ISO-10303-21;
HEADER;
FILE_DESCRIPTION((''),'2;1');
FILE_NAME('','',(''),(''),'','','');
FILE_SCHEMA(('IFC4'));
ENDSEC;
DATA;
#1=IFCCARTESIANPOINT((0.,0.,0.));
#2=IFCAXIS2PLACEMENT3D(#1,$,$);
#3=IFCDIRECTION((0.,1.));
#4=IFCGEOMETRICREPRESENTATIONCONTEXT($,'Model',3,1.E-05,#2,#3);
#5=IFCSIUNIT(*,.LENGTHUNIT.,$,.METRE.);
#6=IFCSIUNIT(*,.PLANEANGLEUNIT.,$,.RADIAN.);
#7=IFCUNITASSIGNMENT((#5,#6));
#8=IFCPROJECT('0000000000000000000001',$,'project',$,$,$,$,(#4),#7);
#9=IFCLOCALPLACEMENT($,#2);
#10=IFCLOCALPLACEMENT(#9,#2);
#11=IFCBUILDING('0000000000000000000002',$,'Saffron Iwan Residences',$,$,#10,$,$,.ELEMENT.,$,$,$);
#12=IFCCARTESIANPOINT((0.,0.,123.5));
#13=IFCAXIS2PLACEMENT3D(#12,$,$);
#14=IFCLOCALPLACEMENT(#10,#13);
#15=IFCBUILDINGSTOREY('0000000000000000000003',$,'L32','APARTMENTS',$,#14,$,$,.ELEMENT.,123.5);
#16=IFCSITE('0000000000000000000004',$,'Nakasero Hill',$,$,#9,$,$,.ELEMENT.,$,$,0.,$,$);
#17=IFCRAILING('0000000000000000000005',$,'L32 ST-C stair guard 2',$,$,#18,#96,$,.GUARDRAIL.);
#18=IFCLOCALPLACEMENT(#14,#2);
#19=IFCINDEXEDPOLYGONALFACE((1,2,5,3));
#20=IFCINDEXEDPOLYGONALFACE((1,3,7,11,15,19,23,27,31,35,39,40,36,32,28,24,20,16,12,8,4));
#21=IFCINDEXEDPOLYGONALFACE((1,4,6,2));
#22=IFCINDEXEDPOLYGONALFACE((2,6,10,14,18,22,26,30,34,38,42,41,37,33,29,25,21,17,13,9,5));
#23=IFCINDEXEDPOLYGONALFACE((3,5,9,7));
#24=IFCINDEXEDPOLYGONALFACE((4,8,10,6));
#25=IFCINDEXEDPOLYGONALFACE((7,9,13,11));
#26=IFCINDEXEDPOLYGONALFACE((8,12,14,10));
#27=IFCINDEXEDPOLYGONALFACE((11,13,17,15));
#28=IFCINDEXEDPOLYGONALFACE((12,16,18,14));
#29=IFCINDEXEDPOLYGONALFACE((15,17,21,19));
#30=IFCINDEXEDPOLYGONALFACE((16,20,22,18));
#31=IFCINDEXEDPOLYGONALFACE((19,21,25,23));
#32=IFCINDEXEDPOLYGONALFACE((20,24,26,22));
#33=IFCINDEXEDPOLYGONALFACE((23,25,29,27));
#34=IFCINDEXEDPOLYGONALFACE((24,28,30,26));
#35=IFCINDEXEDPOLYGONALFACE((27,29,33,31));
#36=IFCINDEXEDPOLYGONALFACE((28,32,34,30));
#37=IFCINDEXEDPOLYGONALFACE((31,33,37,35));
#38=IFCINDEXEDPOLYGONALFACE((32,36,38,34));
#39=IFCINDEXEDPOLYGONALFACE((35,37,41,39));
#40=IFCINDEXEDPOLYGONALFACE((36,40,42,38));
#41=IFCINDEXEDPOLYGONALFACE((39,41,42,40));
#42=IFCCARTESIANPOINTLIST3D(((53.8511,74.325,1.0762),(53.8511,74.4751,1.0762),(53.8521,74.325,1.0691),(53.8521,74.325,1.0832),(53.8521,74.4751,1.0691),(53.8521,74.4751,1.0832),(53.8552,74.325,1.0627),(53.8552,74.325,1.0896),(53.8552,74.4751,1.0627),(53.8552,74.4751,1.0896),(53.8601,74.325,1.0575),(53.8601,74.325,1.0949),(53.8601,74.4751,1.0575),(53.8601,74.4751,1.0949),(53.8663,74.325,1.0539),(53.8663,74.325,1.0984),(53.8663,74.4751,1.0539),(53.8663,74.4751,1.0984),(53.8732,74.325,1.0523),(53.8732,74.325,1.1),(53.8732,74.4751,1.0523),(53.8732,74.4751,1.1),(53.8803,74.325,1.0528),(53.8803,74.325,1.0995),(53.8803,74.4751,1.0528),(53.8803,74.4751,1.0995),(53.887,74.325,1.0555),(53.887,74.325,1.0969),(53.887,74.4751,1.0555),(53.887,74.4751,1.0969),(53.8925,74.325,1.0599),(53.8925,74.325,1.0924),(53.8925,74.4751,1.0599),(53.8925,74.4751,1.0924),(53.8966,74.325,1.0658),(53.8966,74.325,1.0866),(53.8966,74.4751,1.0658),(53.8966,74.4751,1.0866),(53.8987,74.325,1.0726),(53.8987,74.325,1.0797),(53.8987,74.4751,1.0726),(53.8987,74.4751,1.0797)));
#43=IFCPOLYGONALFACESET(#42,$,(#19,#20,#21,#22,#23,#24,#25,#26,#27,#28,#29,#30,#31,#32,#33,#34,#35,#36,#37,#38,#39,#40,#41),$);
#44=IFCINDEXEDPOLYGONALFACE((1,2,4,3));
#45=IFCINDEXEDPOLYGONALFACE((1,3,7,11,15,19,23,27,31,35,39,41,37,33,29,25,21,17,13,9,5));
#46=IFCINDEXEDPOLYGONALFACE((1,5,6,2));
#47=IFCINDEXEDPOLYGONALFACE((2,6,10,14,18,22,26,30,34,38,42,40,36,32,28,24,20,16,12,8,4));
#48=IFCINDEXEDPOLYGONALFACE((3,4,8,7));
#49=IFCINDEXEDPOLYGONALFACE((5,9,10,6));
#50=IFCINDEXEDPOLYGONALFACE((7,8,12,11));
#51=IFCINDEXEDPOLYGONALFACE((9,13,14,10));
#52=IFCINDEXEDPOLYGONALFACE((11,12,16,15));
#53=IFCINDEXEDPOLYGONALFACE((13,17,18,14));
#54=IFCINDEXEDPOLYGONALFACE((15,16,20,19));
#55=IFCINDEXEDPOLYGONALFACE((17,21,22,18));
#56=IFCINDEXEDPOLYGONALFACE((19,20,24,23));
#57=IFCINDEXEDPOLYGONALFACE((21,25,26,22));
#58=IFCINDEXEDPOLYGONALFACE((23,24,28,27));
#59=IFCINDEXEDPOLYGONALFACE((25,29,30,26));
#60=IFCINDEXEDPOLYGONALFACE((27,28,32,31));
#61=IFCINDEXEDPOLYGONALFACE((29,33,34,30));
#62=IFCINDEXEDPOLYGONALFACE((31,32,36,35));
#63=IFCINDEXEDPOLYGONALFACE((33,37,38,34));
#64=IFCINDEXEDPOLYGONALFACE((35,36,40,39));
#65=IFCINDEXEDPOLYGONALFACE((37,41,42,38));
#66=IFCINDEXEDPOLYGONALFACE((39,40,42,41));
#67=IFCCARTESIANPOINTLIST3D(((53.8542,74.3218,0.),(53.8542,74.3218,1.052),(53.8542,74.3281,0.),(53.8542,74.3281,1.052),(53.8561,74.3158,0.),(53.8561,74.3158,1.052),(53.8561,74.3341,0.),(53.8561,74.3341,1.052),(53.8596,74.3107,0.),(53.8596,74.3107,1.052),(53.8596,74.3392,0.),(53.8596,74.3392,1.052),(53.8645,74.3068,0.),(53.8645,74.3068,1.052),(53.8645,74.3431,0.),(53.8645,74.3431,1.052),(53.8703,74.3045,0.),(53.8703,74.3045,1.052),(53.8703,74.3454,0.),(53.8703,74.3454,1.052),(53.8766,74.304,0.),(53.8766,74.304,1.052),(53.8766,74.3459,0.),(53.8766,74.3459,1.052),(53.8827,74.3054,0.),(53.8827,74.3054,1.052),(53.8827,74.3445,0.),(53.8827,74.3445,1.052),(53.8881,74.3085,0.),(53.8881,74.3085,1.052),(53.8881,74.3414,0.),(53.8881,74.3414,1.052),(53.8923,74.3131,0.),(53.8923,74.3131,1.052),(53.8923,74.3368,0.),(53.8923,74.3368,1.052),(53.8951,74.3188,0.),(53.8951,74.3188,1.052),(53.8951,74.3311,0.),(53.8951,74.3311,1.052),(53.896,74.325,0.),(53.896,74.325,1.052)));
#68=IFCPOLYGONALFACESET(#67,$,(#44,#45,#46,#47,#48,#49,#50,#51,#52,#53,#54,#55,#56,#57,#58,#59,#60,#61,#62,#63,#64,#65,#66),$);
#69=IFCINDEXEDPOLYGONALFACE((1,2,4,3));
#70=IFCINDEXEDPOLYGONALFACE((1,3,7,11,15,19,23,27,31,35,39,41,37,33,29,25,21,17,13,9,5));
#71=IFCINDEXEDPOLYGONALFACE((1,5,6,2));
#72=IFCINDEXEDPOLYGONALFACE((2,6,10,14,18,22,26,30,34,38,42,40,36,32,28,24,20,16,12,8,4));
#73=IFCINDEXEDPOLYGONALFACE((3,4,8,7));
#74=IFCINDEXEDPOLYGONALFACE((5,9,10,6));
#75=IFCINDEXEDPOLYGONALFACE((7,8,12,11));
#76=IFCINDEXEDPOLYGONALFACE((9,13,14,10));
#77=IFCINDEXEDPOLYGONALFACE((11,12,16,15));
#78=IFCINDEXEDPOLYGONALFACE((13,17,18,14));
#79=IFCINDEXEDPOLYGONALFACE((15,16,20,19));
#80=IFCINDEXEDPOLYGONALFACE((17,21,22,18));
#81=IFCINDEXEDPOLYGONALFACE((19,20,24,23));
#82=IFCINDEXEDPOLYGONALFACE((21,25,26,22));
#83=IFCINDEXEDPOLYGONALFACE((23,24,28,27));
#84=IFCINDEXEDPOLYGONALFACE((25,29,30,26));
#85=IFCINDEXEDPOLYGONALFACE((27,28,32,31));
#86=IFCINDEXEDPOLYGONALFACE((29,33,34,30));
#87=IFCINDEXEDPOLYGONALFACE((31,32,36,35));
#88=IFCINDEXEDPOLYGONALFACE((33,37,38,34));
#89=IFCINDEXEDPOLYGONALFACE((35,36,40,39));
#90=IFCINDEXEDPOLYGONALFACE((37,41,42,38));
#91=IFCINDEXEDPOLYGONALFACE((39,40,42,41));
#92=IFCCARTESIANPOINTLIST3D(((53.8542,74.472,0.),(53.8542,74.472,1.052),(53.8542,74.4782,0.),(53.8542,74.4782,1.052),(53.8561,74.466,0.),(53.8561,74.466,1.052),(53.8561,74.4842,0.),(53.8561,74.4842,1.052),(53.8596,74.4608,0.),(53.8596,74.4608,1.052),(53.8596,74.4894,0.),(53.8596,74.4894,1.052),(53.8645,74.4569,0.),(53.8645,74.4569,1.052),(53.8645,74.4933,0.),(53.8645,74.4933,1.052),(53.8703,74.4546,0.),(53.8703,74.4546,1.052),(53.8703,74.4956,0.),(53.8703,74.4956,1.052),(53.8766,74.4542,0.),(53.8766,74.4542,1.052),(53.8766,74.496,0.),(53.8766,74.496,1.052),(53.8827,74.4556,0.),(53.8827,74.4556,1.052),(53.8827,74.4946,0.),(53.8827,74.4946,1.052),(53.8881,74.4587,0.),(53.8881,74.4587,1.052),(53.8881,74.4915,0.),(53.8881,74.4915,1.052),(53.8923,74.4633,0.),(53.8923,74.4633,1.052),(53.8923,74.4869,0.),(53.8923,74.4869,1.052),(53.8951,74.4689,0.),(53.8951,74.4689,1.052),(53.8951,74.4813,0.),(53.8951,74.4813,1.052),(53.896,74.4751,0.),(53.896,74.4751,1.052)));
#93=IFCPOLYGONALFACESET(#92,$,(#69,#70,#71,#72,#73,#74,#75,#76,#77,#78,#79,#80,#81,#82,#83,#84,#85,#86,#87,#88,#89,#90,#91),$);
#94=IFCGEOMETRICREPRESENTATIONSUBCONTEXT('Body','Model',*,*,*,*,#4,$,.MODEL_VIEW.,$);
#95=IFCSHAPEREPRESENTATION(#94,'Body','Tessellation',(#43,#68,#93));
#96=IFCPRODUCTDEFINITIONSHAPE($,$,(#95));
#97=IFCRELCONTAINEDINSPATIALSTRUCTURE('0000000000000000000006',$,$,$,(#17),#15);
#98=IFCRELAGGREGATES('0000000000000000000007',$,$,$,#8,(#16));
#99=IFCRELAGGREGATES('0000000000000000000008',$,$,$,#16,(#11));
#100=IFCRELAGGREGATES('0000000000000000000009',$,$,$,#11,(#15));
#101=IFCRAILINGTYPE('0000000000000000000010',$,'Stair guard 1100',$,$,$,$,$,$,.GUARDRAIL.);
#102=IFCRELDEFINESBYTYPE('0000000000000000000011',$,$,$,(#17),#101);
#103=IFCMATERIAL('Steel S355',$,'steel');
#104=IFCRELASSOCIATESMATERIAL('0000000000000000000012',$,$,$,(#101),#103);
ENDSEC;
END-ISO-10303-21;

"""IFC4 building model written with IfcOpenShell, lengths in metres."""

from ifc_helpers import new_model, si_unit, direction, frame, origin, origin_2d, place, context, subcontext, project, spatial, circle, extrude, material, type_object, element, save


model = new_model("IFC4")

# Units and contexts
model_context = context("Model", 3, precision=1e-05, world=origin(), true_north=direction((0.0, 1.0)))
body_context = subcontext(model_context, "Body", "Model", "MODEL_VIEW")
ifc_project = project(units=[si_unit("LENGTHUNIT", "METRE"), si_unit("PLANEANGLEUNIT", "RADIAN")], contexts=[model_context])

# Site, building, storey
site_placement = place(None, origin())
site = spatial("IfcSite", under=ifc_project, at=site_placement, Name="Nakasero Hill", CompositionType="ELEMENT", RefElevation=0.0)
building_placement = place(site_placement, origin())
building = spatial("IfcBuilding", under=site, at=building_placement, Name="Saffron Iwan Residences", CompositionType="ELEMENT")
storey_placement = place(building_placement, frame((0.0, 0.0, 123.5)))
storey = spatial("IfcBuildingStorey", under=building, at=storey_placement, Name="L32", Description="APARTMENTS", CompositionType="ELEMENT", Elevation=123.5)

# Railing
ifc_material_1 = material(Name="Steel S355", Category="steel")
railing_type_1 = type_object("IfcRailingType", Name="Stair guard 1100", PredefinedType="GUARDRAIL", material=ifc_material_1)
railing_1_placement = place(storey_placement, frame((53.875, 74.325, 0.0)))
element("IfcRailing", 1, at=railing_1_placement, inside=storey, type_object=railing_type_1, Name="L32 ST-C stair guard 2", PredefinedType="GUARDRAIL", context=body_context, shape_type="SweptSolid", body=[
    extrude(circle(Radius=0.0239, at=origin_2d()), frame((0.0, 0.0, 1.0762), z_axis=(0.0, 1.0, 0.0), x_axis=(-1.0, 0.0, 0.0)), (0.0, 0.0, 1.0), 0.1501),
    extrude(circle(Radius=0.021, at=origin_2d()), origin(), (0.0, 0.0, 1.0), 1.052),
    extrude(circle(Radius=0.021, at=origin_2d()), frame((0.0, 0.1501, 0.0)), (0.0, 0.0, 1.0), 1.052),
])

save(model, "model.ifc")
